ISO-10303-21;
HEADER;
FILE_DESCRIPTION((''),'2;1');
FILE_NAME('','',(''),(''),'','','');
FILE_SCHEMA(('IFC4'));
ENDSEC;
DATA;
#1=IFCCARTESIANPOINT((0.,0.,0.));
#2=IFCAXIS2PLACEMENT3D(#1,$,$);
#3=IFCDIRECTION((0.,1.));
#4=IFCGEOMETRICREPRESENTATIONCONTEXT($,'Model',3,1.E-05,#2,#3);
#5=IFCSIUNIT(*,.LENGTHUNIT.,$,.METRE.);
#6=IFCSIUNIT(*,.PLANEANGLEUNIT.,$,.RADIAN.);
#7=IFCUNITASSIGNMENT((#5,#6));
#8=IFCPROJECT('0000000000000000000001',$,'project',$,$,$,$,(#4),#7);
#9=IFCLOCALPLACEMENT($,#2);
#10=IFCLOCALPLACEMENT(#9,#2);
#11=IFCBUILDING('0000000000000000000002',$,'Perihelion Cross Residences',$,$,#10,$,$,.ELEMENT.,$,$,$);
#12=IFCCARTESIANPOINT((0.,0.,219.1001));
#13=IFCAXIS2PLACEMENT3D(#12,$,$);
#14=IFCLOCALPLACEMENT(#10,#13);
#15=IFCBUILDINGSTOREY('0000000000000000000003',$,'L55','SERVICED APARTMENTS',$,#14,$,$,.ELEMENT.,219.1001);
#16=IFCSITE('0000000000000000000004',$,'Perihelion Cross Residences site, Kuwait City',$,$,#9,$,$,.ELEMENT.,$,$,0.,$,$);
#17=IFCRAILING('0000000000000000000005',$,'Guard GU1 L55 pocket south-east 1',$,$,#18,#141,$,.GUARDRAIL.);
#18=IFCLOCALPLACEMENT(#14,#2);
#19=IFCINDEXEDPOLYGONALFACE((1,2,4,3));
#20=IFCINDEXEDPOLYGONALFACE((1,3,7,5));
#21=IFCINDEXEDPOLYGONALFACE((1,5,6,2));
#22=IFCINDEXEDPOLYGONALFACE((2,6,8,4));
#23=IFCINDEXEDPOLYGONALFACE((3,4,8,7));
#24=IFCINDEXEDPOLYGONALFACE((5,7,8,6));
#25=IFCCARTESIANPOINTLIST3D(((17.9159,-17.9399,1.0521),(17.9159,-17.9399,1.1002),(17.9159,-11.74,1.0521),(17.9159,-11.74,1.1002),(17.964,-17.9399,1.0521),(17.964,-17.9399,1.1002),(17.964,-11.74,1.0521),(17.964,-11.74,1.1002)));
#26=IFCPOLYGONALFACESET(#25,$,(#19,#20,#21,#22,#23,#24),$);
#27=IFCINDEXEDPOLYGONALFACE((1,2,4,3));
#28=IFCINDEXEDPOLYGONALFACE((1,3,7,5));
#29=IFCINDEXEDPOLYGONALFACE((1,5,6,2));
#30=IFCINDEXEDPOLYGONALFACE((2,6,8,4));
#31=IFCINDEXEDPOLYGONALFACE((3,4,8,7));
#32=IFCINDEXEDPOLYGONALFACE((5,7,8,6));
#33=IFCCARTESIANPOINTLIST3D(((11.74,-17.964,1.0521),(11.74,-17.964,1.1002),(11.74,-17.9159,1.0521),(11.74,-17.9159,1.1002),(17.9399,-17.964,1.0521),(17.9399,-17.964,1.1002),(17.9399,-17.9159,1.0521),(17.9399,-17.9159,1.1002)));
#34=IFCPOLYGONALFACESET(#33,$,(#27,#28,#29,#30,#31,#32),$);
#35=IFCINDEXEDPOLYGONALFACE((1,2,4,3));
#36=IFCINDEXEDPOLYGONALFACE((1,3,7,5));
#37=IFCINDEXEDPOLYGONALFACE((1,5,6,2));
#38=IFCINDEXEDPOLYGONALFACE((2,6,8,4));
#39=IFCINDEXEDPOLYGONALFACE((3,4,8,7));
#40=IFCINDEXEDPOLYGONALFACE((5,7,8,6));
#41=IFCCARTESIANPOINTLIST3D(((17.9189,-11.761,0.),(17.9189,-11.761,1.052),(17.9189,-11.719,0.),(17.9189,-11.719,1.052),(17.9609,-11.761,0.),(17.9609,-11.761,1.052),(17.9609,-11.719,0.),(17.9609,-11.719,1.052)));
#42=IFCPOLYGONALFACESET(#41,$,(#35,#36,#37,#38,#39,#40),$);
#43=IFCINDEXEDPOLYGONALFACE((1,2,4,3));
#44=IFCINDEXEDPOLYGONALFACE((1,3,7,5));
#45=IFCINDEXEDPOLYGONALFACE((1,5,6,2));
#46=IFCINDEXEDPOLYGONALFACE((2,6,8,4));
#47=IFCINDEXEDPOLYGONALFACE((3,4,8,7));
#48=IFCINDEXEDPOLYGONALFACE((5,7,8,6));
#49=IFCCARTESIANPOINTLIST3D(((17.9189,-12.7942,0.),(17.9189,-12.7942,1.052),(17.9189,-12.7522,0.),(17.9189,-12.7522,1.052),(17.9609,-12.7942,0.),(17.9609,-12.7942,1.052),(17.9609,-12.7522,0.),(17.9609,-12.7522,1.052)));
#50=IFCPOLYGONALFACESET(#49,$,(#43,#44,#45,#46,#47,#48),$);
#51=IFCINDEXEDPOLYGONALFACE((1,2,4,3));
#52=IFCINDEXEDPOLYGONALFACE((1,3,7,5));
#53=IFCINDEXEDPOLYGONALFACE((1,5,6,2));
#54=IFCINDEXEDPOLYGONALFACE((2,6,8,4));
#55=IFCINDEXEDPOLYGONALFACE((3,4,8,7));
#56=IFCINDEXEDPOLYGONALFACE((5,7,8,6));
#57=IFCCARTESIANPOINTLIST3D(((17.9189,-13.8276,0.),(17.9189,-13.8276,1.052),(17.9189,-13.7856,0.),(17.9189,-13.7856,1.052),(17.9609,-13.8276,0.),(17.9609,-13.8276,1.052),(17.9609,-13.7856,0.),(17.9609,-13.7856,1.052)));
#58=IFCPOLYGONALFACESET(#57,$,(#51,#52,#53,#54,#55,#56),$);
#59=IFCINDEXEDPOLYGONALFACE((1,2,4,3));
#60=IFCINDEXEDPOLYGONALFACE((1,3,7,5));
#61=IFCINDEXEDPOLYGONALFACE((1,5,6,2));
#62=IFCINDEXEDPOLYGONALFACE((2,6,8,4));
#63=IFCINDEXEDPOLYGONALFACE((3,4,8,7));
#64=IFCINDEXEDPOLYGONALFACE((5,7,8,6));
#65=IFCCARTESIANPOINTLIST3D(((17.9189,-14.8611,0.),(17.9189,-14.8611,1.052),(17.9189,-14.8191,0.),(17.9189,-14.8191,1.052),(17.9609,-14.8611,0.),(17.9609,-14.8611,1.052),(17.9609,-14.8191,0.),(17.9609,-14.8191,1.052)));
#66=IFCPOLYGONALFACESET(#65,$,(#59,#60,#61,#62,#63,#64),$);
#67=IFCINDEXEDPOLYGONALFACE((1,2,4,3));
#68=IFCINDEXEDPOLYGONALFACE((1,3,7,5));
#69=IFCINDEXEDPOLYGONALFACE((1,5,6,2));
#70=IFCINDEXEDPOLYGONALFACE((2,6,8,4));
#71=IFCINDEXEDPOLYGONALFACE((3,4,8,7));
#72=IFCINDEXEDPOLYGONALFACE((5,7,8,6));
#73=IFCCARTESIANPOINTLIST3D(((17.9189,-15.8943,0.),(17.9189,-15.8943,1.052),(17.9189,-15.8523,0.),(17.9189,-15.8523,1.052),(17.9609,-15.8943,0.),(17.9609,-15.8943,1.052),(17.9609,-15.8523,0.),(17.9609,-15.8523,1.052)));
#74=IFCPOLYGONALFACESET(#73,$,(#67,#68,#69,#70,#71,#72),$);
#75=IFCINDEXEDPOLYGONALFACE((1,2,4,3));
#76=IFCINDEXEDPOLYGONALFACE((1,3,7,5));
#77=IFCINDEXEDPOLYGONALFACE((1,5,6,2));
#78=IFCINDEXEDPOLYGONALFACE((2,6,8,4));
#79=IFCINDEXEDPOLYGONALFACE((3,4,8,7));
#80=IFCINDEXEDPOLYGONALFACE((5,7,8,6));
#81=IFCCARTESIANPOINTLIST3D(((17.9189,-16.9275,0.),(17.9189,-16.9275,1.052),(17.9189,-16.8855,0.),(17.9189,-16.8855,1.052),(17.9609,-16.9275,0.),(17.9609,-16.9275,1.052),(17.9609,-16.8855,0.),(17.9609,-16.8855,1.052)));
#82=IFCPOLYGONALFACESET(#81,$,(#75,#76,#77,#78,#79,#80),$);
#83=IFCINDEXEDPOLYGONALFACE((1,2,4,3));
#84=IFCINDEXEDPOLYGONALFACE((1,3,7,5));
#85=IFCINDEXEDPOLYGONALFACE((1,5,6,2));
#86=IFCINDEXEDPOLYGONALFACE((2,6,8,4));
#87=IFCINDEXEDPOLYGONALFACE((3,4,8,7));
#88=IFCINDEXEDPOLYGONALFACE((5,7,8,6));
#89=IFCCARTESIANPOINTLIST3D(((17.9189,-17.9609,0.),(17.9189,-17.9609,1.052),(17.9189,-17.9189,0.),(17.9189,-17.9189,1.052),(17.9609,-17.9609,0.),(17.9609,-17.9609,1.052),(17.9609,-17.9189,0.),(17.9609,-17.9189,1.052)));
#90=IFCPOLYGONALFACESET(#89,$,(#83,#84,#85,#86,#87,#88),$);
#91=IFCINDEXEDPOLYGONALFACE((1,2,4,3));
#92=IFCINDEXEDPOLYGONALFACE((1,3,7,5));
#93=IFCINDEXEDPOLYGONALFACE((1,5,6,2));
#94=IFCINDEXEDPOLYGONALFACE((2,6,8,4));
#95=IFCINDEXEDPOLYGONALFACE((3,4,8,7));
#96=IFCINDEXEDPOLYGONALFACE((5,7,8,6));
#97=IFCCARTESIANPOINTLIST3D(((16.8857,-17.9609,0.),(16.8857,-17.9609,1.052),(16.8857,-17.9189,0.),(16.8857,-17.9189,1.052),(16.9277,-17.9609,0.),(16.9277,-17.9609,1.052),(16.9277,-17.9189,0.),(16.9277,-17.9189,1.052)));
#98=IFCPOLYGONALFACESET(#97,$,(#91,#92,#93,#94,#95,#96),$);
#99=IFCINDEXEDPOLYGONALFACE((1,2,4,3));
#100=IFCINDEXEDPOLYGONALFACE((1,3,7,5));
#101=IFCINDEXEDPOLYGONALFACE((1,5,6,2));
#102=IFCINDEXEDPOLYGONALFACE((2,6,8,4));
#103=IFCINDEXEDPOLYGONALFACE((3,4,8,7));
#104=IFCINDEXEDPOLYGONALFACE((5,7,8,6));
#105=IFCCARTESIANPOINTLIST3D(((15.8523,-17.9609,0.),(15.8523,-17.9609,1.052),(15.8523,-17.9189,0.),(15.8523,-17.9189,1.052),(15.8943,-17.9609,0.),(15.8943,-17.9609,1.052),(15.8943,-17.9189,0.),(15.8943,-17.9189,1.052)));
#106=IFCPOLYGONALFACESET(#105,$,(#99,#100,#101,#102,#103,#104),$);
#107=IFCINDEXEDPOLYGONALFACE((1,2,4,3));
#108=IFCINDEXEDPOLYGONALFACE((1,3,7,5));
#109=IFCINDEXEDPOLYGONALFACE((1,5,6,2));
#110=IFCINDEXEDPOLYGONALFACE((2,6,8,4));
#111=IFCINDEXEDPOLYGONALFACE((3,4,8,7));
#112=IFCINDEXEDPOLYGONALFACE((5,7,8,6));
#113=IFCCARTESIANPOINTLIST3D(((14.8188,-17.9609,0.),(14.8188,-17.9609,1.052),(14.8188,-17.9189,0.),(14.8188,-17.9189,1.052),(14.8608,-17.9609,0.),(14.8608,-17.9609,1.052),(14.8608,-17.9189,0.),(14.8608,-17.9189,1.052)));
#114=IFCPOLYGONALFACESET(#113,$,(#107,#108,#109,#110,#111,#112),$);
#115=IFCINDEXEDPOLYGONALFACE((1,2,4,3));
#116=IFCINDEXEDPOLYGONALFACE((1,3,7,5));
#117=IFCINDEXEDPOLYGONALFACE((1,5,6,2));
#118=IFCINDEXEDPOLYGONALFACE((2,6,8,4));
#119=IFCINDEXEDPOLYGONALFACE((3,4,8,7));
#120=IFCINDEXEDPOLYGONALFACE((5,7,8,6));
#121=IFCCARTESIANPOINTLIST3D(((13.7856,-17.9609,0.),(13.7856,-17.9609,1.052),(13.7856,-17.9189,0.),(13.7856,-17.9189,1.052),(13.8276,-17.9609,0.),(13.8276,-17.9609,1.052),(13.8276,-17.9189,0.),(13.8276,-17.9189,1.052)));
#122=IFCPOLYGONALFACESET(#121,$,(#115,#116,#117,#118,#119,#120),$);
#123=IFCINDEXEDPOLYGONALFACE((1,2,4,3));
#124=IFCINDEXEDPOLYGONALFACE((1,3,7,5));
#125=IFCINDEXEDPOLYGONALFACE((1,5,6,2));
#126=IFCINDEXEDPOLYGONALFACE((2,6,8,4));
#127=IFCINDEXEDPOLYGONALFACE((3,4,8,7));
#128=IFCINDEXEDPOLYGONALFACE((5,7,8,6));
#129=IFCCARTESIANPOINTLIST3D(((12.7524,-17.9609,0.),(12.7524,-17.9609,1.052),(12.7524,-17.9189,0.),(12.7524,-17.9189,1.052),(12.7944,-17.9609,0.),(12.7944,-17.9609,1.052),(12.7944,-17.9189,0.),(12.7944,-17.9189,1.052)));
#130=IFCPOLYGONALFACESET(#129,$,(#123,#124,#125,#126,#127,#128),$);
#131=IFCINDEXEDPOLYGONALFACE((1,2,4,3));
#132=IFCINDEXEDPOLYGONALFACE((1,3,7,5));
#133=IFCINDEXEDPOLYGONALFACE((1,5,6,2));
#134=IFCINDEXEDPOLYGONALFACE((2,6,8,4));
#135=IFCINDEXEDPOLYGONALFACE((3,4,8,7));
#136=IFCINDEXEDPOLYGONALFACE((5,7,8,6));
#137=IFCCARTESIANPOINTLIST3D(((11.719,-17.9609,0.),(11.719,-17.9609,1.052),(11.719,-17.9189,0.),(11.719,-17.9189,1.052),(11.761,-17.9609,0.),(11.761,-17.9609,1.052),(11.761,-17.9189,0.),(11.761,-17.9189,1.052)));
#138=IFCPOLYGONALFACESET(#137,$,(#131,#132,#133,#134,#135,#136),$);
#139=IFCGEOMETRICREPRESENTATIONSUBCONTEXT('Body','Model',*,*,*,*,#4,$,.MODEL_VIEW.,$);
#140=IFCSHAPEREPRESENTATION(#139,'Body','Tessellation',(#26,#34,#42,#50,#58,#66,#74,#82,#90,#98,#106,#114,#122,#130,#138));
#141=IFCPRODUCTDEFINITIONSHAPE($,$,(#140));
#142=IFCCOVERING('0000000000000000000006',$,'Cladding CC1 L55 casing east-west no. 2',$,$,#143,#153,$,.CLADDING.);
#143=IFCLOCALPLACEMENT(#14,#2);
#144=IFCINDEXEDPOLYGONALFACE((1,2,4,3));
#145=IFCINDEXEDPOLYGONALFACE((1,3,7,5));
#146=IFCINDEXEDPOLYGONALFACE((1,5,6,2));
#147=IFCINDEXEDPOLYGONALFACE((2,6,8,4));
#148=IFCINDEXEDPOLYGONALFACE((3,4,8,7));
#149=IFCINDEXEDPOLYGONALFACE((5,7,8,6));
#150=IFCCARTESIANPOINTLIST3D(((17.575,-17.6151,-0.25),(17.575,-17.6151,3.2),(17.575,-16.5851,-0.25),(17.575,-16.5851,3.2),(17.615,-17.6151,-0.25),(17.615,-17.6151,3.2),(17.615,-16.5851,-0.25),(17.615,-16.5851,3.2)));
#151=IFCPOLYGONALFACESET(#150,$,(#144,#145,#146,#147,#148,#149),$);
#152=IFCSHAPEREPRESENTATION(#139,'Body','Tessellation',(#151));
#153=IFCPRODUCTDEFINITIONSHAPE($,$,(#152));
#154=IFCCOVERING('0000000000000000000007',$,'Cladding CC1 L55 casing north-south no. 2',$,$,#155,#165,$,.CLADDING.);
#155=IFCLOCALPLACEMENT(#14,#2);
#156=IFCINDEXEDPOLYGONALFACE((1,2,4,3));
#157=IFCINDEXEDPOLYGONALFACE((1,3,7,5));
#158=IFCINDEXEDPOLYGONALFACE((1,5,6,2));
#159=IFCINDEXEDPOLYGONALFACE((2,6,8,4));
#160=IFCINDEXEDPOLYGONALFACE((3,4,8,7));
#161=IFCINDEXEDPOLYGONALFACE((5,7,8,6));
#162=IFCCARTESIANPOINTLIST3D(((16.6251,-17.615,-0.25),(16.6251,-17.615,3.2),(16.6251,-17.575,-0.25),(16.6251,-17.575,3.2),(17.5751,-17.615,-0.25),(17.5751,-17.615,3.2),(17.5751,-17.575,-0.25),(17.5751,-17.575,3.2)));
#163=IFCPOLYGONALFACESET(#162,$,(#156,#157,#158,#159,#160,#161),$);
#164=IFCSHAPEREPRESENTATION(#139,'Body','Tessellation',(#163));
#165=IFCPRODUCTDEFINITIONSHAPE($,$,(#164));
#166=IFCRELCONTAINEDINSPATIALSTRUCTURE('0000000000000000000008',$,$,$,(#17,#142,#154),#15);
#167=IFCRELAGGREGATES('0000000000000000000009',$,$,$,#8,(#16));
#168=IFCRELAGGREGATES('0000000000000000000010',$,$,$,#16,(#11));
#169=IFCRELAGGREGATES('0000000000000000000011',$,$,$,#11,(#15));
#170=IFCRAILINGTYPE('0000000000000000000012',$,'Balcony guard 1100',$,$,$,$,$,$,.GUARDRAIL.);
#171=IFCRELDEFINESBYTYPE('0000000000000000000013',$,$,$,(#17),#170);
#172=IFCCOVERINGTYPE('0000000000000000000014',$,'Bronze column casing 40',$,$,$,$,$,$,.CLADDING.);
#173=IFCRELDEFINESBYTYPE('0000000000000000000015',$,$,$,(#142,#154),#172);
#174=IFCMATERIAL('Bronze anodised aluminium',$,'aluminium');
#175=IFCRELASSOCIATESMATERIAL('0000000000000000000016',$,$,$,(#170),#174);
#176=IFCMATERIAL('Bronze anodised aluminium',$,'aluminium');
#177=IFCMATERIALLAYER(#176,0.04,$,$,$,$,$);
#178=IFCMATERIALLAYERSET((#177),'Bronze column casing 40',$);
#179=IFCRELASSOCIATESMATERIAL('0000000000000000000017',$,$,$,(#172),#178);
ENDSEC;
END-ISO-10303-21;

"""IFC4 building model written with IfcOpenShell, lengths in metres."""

from ifc_helpers import new_model, si_unit, direction, frame, origin, origin_2d, place, context, subcontext, project, spatial, rectangle, extrude, material, layer, layer_set, type_object, element, save


model = new_model("IFC4")

# Units and contexts
model_context = context("Model", 3, precision=1e-05, world=origin(), true_north=direction((0.0, 1.0)))
body_context = subcontext(model_context, "Body", "Model", "MODEL_VIEW")
ifc_project = project(units=[si_unit("LENGTHUNIT", "METRE"), si_unit("PLANEANGLEUNIT", "RADIAN")], contexts=[model_context])

# Site, building, storey
site_placement = place(None, origin())
site = spatial("IfcSite", under=ifc_project, at=site_placement, Name="Perihelion Cross Residences site, Kuwait City", CompositionType="ELEMENT", RefElevation=0.0)
building_placement = place(site_placement, origin())
building = spatial("IfcBuilding", under=site, at=building_placement, Name="Perihelion Cross Residences", CompositionType="ELEMENT")
storey_placement = place(building_placement, frame((0.0, 0.0, 219.1001)))
storey = spatial("IfcBuildingStorey", under=building, at=storey_placement, Name="L55", Description="SERVICED APARTMENTS", CompositionType="ELEMENT", Elevation=219.1001)

# Railing
ifc_material_1 = material(Name="Bronze anodised aluminium", Category="aluminium")
railing_type = type_object("IfcRailingType", Name="Balcony guard 1100", PredefinedType="GUARDRAIL", material=ifc_material_1)
railing_1_placement = place(storey_placement, frame((17.9399, -11.74, 0.0)))
element("IfcRailing", 1, at=railing_1_placement, inside=storey, type_object=railing_type, Name="Guard GU1 L55 pocket south-east 1", PredefinedType="GUARDRAIL", context=body_context, shape_type="SweptSolid", body=[
    extrude(rectangle(XDim=0.0481, YDim=0.0481, at=origin_2d()), frame((0.0, 0.0, 1.0762), z_axis=(0.0, -1.0, 0.0), x_axis=(1.0, 0.0, 0.0)), (0.0, 0.0, 1.0), 6.2),
    extrude(rectangle(XDim=0.0481, YDim=0.0481, at=origin_2d()), frame((0.0, -6.2, 1.0762), z_axis=(-1.0, 0.0, 0.0), x_axis=(0.0, -1.0, 0.0)), (0.0, 0.0, 1.0), 6.2),
    extrude(rectangle(XDim=0.042, YDim=0.042, at=origin_2d()), origin(), (0.0, 0.0, 1.0), 1.052),
    extrude(rectangle(XDim=0.042, YDim=0.042, at=origin_2d()), frame((0.0, -1.0332, 0.0)), (0.0, 0.0, 1.0), 1.052),
    extrude(rectangle(XDim=0.042, YDim=0.042, at=origin_2d()), frame((0.0, -2.0667, 0.0)), (0.0, 0.0, 1.0), 1.052),
    extrude(rectangle(XDim=0.042, YDim=0.042, at=origin_2d()), frame((0.0, -3.1001, 0.0)), (0.0, 0.0, 1.0), 1.052),
    extrude(rectangle(XDim=0.042, YDim=0.042, at=origin_2d()), frame((0.0, -4.1333, 0.0)), (0.0, 0.0, 1.0), 1.052),
    extrude(rectangle(XDim=0.042, YDim=0.042, at=origin_2d()), frame((0.0, -5.1665, 0.0)), (0.0, 0.0, 1.0), 1.052),
    extrude(rectangle(XDim=0.042, YDim=0.042, at=origin_2d()), frame((0.0, -6.2, 0.0)), (0.0, 0.0, 1.0), 1.052),
    extrude(rectangle(XDim=0.042, YDim=0.042, at=origin_2d()), frame((-1.0332, -6.2, 0.0)), (0.0, 0.0, 1.0), 1.052),
    extrude(rectangle(XDim=0.042, YDim=0.042, at=origin_2d()), frame((-2.0667, -6.2, 0.0)), (0.0, 0.0, 1.0), 1.052),
    extrude(rectangle(XDim=0.042, YDim=0.042, at=origin_2d()), frame((-3.1001, -6.2, 0.0)), (0.0, 0.0, 1.0), 1.052),
    extrude(rectangle(XDim=0.042, YDim=0.042, at=origin_2d()), frame((-4.1333, -6.2, 0.0)), (0.0, 0.0, 1.0), 1.052),
    extrude(rectangle(XDim=0.042, YDim=0.042, at=origin_2d()), frame((-5.1665, -6.2, 0.0)), (0.0, 0.0, 1.0), 1.052),
    extrude(rectangle(XDim=0.042, YDim=0.042, at=origin_2d()), frame((-6.2, -6.2, 0.0)), (0.0, 0.0, 1.0), 1.052),
])

# Coverings
ifc_material_2 = material(Name="Bronze anodised aluminium", Category="aluminium")
ifc_layer_1 = layer(ifc_material_2, 0.04)
ifc_layer_set_1 = layer_set([ifc_layer_1], Name="Bronze column casing 40")
covering_type = type_object("IfcCoveringType", Name="Bronze column casing 40", PredefinedType="CLADDING", material=ifc_layer_set_1)
covering_1_placement = place(storey_placement, frame((17.595, -17.1001, -0.25), z_axis=(0.0, 0.0, 1.0), x_axis=(1.0, 0.0, 0.0)))
element("IfcCovering", 2, at=covering_1_placement, inside=storey, type_object=covering_type, Name="Cladding CC1 L55 casing east-west no. 2", PredefinedType="CLADDING", context=body_context, shape_type="SweptSolid", body=[
    extrude(rectangle(XDim=0.04, YDim=1.03, at=origin_2d()), origin(), (0.0, 0.0, 1.0), 3.45),
])
covering_2_placement = place(storey_placement, frame((17.1001, -17.595, -0.25), z_axis=(0.0, 0.0, 1.0), x_axis=(1.0, 0.0, 0.0)))
element("IfcCovering", 3, at=covering_2_placement, inside=storey, type_object=covering_type, Name="Cladding CC1 L55 casing north-south no. 2", PredefinedType="CLADDING", context=body_context, shape_type="SweptSolid", body=[
    extrude(rectangle(XDim=0.95, YDim=0.04, at=origin_2d()), origin(), (0.0, 0.0, 1.0), 3.45),
])

save(model, "model.ifc")
